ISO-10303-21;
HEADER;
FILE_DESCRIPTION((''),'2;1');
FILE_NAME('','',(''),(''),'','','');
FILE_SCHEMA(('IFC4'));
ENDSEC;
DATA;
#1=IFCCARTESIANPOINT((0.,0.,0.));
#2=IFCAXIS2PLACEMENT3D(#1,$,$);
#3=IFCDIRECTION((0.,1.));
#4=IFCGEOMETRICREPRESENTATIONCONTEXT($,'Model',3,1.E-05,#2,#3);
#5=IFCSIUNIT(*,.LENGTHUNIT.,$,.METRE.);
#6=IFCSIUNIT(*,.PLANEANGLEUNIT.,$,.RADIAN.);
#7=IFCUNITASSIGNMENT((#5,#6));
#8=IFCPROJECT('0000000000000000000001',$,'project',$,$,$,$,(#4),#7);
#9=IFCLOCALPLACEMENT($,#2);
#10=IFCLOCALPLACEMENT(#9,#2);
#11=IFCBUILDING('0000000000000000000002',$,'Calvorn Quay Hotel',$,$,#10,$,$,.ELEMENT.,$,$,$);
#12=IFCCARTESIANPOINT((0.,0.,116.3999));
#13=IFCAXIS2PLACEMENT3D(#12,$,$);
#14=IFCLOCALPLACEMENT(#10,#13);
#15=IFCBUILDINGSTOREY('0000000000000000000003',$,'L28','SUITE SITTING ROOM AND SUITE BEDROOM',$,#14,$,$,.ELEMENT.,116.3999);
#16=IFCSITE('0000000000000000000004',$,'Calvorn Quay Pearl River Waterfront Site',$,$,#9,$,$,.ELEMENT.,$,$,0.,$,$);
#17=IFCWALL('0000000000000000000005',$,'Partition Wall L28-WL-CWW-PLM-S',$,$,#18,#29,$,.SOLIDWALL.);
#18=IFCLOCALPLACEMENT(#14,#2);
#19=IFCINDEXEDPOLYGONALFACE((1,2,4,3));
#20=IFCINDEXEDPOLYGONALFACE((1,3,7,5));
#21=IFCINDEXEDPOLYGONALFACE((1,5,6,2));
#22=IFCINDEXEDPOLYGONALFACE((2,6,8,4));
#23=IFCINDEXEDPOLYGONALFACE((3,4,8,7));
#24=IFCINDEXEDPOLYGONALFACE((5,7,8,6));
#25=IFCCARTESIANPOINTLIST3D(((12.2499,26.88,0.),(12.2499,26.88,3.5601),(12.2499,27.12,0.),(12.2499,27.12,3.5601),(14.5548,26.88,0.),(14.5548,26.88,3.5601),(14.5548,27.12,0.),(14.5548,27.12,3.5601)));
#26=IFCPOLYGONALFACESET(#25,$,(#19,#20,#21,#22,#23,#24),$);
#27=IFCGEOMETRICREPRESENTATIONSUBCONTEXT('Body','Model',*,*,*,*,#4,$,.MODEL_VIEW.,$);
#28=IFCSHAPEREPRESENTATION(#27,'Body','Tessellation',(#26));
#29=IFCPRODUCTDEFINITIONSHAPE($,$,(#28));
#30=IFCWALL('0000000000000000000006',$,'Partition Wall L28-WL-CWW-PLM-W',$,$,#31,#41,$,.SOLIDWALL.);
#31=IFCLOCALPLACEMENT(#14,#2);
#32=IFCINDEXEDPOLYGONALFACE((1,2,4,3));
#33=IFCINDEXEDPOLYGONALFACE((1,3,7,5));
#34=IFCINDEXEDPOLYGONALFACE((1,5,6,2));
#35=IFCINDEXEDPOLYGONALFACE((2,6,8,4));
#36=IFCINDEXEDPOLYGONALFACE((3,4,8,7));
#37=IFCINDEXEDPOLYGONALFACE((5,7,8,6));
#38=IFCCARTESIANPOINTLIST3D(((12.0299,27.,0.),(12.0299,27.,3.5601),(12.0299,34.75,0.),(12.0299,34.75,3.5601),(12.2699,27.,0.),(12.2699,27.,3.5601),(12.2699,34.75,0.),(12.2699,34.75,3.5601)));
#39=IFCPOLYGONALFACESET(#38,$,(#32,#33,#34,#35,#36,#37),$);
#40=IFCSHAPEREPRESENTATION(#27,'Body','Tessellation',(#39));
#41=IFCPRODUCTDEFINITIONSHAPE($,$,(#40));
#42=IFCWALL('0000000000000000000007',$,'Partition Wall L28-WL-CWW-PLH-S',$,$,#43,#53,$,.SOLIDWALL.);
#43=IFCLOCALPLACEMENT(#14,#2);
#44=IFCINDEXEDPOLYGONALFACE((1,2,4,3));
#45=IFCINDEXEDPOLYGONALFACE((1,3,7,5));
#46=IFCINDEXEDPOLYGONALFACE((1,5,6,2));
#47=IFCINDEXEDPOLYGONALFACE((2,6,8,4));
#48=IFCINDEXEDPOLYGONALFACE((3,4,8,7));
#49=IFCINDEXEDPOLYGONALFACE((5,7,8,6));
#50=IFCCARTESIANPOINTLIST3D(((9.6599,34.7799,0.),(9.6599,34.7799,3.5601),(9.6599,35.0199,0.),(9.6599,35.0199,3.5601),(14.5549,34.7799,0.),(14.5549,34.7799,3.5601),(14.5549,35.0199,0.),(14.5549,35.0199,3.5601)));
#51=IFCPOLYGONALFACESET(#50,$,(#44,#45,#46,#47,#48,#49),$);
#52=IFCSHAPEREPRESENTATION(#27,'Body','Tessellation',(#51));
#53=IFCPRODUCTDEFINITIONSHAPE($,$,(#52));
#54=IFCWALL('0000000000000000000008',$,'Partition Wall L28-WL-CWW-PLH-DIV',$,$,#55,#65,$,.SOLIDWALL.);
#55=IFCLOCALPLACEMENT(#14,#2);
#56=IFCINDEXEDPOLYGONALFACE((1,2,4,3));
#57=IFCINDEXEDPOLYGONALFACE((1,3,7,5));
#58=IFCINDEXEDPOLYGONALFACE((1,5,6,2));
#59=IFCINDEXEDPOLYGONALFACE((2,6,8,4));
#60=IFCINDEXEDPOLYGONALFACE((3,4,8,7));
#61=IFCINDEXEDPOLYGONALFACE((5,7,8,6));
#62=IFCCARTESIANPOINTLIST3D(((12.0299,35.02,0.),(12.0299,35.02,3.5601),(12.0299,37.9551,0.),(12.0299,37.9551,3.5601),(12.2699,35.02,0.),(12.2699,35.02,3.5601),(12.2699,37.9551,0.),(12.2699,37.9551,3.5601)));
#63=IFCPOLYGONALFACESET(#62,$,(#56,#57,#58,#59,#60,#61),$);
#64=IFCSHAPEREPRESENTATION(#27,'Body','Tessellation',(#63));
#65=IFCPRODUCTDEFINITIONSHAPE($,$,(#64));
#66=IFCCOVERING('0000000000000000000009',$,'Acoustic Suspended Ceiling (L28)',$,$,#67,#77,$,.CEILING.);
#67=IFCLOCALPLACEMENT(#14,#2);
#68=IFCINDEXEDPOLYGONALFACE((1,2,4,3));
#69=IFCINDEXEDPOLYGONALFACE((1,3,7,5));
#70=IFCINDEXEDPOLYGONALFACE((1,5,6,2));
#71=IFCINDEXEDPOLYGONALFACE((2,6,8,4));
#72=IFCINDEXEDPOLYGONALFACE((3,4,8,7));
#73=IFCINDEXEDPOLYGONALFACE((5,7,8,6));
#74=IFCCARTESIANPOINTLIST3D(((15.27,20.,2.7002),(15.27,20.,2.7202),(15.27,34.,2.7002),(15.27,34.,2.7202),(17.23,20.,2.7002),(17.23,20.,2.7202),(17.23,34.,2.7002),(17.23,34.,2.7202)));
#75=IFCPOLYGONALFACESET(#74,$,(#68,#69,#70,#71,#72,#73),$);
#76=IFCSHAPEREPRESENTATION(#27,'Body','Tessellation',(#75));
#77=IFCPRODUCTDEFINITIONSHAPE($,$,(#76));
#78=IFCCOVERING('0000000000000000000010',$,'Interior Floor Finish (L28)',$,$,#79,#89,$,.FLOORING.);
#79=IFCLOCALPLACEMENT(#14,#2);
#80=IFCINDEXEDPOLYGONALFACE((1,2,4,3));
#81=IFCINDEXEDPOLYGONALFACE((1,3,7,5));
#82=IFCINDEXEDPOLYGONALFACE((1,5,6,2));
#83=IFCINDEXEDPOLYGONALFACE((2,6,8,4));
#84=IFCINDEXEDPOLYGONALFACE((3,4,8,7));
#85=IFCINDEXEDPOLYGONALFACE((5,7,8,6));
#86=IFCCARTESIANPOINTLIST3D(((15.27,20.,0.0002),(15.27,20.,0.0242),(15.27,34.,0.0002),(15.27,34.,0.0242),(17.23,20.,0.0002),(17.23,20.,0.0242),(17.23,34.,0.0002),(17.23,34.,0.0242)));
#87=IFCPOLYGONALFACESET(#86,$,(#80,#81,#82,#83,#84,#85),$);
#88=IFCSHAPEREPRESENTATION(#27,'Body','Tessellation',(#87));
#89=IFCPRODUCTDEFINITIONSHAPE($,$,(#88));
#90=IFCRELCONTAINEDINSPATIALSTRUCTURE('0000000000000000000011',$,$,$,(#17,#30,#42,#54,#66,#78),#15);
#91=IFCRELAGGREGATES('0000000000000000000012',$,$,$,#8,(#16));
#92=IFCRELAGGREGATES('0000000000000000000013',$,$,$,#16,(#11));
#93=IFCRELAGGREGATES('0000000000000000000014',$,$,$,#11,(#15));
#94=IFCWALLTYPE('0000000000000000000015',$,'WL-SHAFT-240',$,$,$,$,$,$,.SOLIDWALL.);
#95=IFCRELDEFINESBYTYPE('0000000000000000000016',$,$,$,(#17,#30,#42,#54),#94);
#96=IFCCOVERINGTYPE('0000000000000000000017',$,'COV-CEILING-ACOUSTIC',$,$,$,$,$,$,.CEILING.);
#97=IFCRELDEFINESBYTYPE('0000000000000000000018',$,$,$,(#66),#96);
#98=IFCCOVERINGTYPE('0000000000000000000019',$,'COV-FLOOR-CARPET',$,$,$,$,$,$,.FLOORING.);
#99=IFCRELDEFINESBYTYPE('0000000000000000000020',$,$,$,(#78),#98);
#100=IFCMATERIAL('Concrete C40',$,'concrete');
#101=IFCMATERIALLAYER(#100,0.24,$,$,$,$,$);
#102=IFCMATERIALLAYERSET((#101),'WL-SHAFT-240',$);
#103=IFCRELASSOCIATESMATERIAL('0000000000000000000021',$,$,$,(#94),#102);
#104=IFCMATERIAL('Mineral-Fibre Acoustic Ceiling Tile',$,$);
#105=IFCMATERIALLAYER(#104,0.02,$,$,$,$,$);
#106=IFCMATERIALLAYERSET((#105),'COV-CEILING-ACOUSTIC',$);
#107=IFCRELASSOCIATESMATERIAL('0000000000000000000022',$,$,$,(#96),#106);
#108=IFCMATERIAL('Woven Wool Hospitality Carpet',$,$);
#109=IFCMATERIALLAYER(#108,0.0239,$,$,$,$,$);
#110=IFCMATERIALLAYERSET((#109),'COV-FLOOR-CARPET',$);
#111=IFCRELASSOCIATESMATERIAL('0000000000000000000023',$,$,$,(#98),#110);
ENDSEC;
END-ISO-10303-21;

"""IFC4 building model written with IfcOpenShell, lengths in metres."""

from ifc_helpers import new_model, si_unit, direction, frame, frame_2d, origin, origin_2d, place, context, subcontext, project, spatial, rectangle, extrude, material, layer, layer_set, type_object, element, save


model = new_model("IFC4")

# Units and contexts
model_context = context("Model", 3, precision=1e-05, world=origin(), true_north=direction((0.0, 1.0)))
body_context = subcontext(model_context, "Body", "Model", "MODEL_VIEW")
ifc_project = project(units=[si_unit("LENGTHUNIT", "METRE"), si_unit("PLANEANGLEUNIT", "RADIAN")], contexts=[model_context])

# Site, building, storey
site_placement = place(None, origin())
site = spatial("IfcSite", under=ifc_project, at=site_placement, Name="Calvorn Quay Pearl River Waterfront Site", CompositionType="ELEMENT", RefElevation=0.0)
building_placement = place(site_placement, origin())
building = spatial("IfcBuilding", under=site, at=building_placement, Name="Calvorn Quay Hotel", CompositionType="ELEMENT")
storey_placement = place(building_placement, frame((0.0, 0.0, 116.3999)))
storey = spatial("IfcBuildingStorey", under=building, at=storey_placement, Name="L28", Description="SUITE SITTING ROOM AND SUITE BEDROOM", CompositionType="ELEMENT", Elevation=116.3999)

# Shared definitions
ifc_material_1 = material(Name="Concrete C40", Category="concrete")
ifc_layer_1 = layer(ifc_material_1, 0.24)
ifc_layer_set_1 = layer_set([ifc_layer_1], Name="WL-SHAFT-240")
wall_type_1 = type_object("IfcWallType", Name="WL-SHAFT-240", PredefinedType="SOLIDWALL", material=ifc_layer_set_1)

# Walls
wall_1_placement = place(storey_placement, frame((12.25, 27.0, 0.0), z_axis=(0.0, 0.0, 1.0), x_axis=(1.0, 0.0, 0.0)))
element("IfcWall", 1, at=wall_1_placement, inside=storey, type_object=wall_type_1, Name="Partition Wall L28-WL-CWW-PLM-S", PredefinedType="SOLIDWALL", context=body_context, shape_type="SweptSolid", body=[
    extrude(rectangle(XDim=2.3049, YDim=0.24, at=frame_2d((1.1523, 0.0))), origin(), (0.0, 0.0, 1.0), 3.5601),
])
wall_2_placement = place(storey_placement, frame((12.1499, 27.0, 0.0), z_axis=(0.0, 0.0, 1.0), x_axis=(0.0, 1.0, 0.0)))
element("IfcWall", 2, at=wall_2_placement, inside=storey, type_object=wall_type_1, Name="Partition Wall L28-WL-CWW-PLM-W", PredefinedType="SOLIDWALL", context=body_context, shape_type="SweptSolid", body=[
    extrude(rectangle(XDim=7.75, YDim=0.24, at=frame_2d((3.875, 0.0))), origin(), (0.0, 0.0, 1.0), 3.5601),
])
wall_3_placement = place(storey_placement, frame((9.6599, 34.8999, 0.0), z_axis=(0.0, 0.0, 1.0), x_axis=(1.0, 0.0, 0.0)))
element("IfcWall", 3, at=wall_3_placement, inside=storey, type_object=wall_type_1, Name="Partition Wall L28-WL-CWW-PLH-S", PredefinedType="SOLIDWALL", context=body_context, shape_type="SweptSolid", body=[
    extrude(rectangle(XDim=4.895, YDim=0.24, at=frame_2d((2.4475, 0.0))), origin(), (0.0, 0.0, 1.0), 3.5601),
])
wall_4_placement = place(storey_placement, frame((12.1499, 35.02, 0.0), z_axis=(0.0, 0.0, 1.0), x_axis=(0.0, 1.0, 0.0)))
element("IfcWall", 4, at=wall_4_placement, inside=storey, type_object=wall_type_1, Name="Partition Wall L28-WL-CWW-PLH-DIV", PredefinedType="SOLIDWALL", context=body_context, shape_type="SweptSolid", body=[
    extrude(rectangle(XDim=2.9351, YDim=0.24, at=frame_2d((1.4675, 0.0))), origin(), (0.0, 0.0, 1.0), 3.5601),
])

# Coverings
ifc_material_2 = material(Name="Mineral-Fibre Acoustic Ceiling Tile")
ifc_layer_2 = layer(ifc_material_2, 0.02)
ifc_layer_set_2 = layer_set([ifc_layer_2], Name="COV-CEILING-ACOUSTIC")
covering_type_1 = type_object("IfcCoveringType", Name="COV-CEILING-ACOUSTIC", PredefinedType="CEILING", material=ifc_layer_set_2)
covering_1_placement = place(storey_placement, frame((16.25, 27.0, 2.7002), z_axis=(0.0, 0.0, 1.0), x_axis=(1.0, 0.0, 0.0)))
element("IfcCovering", 5, at=covering_1_placement, inside=storey, type_object=covering_type_1, Name="Acoustic Suspended Ceiling (L28)", PredefinedType="CEILING", context=body_context, shape_type="SweptSolid", body=[
    extrude(rectangle(XDim=1.96, YDim=14.0, at=origin_2d()), origin(), (0.0, 0.0, 1.0), 0.02),
])
ifc_material_3 = material(Name="Woven Wool Hospitality Carpet")
ifc_layer_3 = layer(ifc_material_3, 0.0239)
ifc_layer_set_3 = layer_set([ifc_layer_3], Name="COV-FLOOR-CARPET")
covering_type_2 = type_object("IfcCoveringType", Name="COV-FLOOR-CARPET", PredefinedType="FLOORING", material=ifc_layer_set_3)
covering_2_placement = place(storey_placement, frame((16.25, 27.0, 0.0002), z_axis=(0.0, 0.0, 1.0), x_axis=(1.0, 0.0, 0.0)))
element("IfcCovering", 6, at=covering_2_placement, inside=storey, type_object=covering_type_2, Name="Interior Floor Finish (L28)", PredefinedType="FLOORING", context=body_context, shape_type="SweptSolid", body=[
    extrude(rectangle(XDim=1.96, YDim=14.0, at=origin_2d()), origin(), (0.0, 0.0, 1.0), 0.0239),
])

save(model, "model.ifc")
